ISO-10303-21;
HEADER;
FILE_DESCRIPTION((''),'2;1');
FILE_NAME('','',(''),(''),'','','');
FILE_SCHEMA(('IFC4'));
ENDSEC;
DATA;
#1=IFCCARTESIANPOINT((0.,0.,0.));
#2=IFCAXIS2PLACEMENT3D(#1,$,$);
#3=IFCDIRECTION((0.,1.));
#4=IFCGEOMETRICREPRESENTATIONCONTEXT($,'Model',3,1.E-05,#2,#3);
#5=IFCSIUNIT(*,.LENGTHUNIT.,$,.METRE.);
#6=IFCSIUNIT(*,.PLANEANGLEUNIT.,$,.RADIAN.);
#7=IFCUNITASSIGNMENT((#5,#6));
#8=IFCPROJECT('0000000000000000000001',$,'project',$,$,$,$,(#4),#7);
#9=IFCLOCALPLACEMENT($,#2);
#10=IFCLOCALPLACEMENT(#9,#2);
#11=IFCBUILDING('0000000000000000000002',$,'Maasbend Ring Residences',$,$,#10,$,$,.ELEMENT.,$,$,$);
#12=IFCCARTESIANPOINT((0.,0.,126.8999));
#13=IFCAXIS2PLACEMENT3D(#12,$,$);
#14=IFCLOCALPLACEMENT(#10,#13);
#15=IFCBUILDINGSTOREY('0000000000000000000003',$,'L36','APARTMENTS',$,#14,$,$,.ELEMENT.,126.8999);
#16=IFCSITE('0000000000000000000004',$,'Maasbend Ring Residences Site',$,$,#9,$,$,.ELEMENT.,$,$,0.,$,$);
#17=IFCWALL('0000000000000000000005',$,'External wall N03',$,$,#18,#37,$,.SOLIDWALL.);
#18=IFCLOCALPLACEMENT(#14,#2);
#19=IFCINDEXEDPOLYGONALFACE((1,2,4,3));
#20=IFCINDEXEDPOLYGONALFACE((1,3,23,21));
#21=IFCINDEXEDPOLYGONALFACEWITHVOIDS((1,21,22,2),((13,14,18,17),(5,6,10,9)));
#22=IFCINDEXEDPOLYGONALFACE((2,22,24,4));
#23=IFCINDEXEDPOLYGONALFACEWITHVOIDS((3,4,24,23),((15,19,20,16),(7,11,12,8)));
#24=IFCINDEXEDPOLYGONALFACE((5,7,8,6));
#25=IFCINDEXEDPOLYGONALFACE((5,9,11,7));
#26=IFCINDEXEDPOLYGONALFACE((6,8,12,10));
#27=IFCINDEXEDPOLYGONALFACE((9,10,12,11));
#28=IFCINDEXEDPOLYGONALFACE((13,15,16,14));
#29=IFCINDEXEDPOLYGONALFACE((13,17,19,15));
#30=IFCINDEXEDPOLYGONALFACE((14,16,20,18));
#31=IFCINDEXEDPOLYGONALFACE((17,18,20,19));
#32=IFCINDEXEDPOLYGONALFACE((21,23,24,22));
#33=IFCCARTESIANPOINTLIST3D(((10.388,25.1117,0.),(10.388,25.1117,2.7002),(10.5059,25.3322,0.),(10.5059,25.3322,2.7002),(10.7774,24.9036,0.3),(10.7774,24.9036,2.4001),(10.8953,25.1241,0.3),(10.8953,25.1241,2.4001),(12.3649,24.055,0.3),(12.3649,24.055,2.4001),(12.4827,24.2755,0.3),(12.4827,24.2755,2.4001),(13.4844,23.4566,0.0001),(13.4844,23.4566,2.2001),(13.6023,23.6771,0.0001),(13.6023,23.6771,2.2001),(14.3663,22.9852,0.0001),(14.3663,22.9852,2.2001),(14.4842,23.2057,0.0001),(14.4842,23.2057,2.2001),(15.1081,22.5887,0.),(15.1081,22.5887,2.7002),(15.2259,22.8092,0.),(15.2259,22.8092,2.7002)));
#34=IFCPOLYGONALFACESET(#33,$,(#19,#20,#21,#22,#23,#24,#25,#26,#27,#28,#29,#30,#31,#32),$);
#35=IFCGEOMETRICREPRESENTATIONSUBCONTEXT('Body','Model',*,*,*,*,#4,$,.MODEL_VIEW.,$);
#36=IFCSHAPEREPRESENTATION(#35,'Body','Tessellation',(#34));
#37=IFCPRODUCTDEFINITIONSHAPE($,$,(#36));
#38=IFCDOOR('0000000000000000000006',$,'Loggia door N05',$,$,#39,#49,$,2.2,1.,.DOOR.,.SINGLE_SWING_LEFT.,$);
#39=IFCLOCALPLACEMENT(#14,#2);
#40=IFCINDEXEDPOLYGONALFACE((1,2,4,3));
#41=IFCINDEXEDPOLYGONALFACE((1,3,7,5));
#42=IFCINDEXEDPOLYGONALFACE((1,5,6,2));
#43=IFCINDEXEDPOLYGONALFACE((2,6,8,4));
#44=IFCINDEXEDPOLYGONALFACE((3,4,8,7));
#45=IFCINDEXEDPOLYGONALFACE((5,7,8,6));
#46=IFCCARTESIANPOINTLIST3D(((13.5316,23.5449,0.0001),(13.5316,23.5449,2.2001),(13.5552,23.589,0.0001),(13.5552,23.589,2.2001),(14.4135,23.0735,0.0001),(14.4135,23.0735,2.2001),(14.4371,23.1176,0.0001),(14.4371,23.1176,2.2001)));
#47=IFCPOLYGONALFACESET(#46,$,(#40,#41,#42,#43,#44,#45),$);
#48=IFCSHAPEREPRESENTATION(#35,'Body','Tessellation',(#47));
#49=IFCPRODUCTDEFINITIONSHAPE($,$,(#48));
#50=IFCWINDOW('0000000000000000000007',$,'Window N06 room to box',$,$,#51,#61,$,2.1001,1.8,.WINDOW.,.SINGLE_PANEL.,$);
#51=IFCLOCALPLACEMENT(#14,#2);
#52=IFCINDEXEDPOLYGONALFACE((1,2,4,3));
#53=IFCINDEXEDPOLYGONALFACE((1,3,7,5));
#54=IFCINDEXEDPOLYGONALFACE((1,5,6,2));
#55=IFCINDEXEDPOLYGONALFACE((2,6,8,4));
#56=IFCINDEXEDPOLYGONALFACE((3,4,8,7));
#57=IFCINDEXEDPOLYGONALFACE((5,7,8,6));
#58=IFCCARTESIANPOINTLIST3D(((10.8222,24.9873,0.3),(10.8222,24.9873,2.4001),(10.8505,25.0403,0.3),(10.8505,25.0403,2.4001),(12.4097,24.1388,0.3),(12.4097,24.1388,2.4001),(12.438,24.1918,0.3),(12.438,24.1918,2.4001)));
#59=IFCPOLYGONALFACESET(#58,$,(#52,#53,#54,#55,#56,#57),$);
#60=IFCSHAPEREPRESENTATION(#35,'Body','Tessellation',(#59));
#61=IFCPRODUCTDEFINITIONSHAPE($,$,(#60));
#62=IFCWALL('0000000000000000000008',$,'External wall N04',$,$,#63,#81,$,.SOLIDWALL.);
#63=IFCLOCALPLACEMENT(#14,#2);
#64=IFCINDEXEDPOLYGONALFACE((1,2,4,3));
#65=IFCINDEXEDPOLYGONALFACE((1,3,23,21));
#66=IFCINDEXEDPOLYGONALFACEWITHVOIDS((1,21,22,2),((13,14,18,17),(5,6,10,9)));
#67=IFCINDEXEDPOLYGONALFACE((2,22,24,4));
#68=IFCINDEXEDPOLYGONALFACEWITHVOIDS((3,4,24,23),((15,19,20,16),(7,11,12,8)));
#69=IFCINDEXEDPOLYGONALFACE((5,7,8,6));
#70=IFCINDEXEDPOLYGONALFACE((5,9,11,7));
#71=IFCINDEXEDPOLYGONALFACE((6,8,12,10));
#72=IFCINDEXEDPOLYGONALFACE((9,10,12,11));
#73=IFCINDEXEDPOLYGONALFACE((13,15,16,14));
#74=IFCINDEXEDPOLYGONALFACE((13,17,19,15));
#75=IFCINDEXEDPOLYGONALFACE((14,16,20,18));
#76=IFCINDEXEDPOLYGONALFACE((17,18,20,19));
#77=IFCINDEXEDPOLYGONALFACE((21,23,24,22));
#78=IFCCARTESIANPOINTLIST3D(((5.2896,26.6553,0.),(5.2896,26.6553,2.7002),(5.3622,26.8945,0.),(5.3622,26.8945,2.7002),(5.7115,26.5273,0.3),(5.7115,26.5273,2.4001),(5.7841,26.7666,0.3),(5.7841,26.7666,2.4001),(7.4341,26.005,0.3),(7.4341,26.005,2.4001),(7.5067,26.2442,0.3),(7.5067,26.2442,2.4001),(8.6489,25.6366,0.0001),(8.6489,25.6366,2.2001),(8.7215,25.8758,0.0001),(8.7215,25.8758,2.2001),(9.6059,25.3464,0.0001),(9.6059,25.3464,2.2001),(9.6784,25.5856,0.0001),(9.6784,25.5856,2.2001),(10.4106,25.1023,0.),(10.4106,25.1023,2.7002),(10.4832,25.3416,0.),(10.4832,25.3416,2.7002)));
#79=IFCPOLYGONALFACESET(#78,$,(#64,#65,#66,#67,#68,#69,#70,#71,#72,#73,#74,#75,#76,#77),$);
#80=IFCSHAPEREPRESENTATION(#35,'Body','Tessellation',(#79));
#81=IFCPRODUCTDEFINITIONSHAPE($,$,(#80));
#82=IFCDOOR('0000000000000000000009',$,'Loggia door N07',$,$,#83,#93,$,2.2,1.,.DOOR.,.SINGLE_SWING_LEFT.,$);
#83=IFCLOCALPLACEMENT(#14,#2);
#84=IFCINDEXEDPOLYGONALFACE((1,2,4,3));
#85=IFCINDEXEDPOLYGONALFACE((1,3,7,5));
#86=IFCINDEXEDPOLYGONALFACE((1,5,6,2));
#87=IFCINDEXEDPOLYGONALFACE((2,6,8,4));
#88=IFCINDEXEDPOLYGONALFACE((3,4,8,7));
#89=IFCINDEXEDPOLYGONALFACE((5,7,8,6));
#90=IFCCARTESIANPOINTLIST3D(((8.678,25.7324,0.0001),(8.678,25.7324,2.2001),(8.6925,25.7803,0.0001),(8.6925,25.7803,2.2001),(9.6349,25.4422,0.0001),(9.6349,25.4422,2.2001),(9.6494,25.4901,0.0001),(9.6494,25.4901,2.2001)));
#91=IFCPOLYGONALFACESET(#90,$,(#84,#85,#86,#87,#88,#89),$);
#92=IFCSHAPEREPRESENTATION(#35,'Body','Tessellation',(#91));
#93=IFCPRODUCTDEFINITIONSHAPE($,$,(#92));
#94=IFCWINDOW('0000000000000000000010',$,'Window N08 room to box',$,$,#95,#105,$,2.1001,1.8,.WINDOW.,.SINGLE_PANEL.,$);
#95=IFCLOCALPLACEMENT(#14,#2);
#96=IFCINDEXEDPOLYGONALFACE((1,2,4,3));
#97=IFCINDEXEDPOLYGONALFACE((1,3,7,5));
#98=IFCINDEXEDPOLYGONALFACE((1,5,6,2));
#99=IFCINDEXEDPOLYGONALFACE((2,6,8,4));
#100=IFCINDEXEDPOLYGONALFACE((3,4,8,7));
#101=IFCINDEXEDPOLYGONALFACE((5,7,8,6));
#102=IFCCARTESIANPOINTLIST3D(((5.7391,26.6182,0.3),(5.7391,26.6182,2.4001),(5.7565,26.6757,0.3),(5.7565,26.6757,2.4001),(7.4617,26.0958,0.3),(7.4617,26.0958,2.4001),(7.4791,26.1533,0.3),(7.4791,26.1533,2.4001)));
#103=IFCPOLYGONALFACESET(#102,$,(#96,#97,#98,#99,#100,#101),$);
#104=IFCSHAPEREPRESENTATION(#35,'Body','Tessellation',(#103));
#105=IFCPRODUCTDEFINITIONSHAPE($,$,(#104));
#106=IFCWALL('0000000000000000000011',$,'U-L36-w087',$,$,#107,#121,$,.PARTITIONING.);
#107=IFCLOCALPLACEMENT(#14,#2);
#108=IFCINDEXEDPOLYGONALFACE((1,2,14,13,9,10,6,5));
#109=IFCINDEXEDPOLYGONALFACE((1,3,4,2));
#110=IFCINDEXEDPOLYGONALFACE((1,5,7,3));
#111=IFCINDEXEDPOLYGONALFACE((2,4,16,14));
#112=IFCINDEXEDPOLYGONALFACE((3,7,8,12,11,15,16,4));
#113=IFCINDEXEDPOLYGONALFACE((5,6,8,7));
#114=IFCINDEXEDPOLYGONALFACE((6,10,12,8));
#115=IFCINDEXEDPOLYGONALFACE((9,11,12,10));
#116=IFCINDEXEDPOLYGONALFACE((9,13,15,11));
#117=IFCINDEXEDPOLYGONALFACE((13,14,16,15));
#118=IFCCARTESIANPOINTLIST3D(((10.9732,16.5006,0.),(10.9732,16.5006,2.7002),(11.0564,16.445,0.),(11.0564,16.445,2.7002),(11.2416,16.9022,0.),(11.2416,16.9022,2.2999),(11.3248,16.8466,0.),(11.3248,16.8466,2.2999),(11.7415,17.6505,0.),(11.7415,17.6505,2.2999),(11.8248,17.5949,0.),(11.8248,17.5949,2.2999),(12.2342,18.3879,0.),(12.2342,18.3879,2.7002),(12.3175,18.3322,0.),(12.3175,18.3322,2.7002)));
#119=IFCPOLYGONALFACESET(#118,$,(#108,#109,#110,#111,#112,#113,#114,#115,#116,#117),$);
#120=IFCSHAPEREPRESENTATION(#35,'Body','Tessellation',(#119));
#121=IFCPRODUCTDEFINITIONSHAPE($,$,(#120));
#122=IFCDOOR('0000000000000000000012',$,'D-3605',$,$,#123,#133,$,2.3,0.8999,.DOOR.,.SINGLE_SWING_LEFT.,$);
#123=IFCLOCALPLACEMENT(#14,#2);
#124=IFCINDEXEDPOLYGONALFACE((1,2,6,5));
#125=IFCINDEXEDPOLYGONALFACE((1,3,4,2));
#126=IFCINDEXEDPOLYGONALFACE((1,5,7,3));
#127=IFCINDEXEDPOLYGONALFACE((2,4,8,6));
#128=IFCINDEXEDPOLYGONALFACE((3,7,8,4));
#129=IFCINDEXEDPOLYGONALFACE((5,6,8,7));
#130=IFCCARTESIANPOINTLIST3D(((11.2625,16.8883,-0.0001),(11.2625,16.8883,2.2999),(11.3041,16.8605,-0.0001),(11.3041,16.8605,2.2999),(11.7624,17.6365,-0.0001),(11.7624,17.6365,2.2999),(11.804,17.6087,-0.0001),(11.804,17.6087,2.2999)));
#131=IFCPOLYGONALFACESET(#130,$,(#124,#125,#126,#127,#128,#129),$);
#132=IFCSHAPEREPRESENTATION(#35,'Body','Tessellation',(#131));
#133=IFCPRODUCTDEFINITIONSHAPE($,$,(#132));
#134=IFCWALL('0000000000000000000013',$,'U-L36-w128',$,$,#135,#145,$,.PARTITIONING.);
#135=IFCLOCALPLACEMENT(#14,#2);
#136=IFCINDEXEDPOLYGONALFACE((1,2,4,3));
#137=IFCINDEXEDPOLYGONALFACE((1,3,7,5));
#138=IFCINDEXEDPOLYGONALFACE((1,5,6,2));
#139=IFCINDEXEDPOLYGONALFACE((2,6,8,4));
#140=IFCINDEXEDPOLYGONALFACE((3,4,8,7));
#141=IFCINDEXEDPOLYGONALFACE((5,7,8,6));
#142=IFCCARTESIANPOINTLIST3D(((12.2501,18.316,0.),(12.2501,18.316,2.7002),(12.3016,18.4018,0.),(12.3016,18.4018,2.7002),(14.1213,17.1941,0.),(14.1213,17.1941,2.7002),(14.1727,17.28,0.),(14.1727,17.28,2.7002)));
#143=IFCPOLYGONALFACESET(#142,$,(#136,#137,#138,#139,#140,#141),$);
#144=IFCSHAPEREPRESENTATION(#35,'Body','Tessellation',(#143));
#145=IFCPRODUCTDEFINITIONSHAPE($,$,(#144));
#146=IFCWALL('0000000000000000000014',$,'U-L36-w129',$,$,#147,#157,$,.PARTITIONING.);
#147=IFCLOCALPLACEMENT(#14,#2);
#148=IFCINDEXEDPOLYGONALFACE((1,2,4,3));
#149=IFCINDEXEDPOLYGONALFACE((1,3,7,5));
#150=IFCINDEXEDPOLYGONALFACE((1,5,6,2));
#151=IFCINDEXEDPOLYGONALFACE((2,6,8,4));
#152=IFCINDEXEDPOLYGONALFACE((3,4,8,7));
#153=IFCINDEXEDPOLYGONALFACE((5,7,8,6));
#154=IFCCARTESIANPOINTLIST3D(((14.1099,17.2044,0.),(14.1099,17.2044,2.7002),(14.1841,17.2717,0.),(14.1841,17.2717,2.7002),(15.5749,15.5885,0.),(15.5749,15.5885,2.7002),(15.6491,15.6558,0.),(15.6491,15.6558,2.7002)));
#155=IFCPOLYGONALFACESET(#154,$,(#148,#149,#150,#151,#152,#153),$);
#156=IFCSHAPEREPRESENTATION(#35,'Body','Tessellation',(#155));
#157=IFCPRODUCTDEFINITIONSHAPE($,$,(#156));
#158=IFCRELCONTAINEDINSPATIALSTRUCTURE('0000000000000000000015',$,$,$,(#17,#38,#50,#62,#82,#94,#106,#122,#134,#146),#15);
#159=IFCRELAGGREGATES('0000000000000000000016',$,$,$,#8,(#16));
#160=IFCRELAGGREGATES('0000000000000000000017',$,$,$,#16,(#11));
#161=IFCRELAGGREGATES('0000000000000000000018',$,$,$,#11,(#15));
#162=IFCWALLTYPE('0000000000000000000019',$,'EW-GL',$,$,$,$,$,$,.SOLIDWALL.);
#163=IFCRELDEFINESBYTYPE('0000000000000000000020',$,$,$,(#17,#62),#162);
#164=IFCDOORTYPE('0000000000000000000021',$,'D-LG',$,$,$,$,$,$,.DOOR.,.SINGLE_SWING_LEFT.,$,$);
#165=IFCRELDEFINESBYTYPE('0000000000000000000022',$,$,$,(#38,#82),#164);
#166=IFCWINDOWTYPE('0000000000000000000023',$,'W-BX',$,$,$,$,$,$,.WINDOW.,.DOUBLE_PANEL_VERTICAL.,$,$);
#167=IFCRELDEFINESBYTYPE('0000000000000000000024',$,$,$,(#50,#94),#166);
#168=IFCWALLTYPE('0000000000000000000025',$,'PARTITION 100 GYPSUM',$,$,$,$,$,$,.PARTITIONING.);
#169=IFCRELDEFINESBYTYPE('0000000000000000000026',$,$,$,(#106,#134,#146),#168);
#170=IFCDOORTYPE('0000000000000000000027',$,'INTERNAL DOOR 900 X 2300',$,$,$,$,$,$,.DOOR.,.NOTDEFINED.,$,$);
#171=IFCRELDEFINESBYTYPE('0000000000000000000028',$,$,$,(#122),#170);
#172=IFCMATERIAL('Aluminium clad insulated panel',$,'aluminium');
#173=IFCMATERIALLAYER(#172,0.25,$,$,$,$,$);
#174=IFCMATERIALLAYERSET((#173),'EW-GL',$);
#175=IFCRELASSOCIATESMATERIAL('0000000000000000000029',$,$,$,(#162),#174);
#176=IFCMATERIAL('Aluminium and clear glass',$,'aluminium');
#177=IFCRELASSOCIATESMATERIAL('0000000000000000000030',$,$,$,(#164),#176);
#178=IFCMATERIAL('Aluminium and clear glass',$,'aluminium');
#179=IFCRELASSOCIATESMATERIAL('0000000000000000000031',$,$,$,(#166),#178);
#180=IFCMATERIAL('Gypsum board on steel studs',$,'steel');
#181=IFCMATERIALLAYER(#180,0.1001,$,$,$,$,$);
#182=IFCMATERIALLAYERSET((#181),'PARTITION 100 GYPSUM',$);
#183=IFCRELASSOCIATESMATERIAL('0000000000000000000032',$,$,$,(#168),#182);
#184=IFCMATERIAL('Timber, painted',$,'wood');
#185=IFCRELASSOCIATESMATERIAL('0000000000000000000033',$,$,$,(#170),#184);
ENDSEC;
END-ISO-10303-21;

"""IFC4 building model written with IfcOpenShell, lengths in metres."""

from ifc_helpers import new_model, si_unit, direction, frame, frame_2d, origin, place, context, subcontext, project, spatial, rectangle, extrude, material, layer, layer_set, type_object, element, fill, save


model = new_model("IFC4")

# Units and contexts
model_context = context("Model", 3, precision=1e-05, world=origin(), true_north=direction((0.0, 1.0)))
body_context = subcontext(model_context, "Body", "Model", "MODEL_VIEW")
ifc_project = project(units=[si_unit("LENGTHUNIT", "METRE"), si_unit("PLANEANGLEUNIT", "RADIAN")], contexts=[model_context])

# Site, building, storey
site_placement = place(None, origin())
site = spatial("IfcSite", under=ifc_project, at=site_placement, Name="Maasbend Ring Residences Site", CompositionType="ELEMENT", RefElevation=0.0)
building_placement = place(site_placement, origin())
building = spatial("IfcBuilding", under=site, at=building_placement, Name="Maasbend Ring Residences", CompositionType="ELEMENT")
storey_placement = place(building_placement, frame((0.0, 0.0, 126.8999)))
storey = spatial("IfcBuildingStorey", under=building, at=storey_placement, Name="L36", Description="APARTMENTS", CompositionType="ELEMENT", Elevation=126.8999)

# Walls, openings, doors, windows
ifc_material_1 = material(Name="Aluminium clad insulated panel", Category="aluminium")
ifc_layer_1 = layer(ifc_material_1, 0.25)
ifc_layer_set_1 = layer_set([ifc_layer_1], Name="EW-GL")
wall_type_1 = type_object("IfcWallType", Name="EW-GL", PredefinedType="SOLIDWALL", material=ifc_layer_set_1)
wall_1_placement = place(storey_placement, frame((15.167, 22.699, 0.0), z_axis=(0.0, 0.0, 1.0), x_axis=(-0.881916, 0.471407, 0.0)))
wall_1 = element("IfcWall", 1, at=wall_1_placement, inside=storey, type_object=wall_type_1, Name="External wall N03", PredefinedType="SOLIDWALL", context=body_context, shape_type="SweptSolid", body=[
    extrude(rectangle(XDim=5.3521, YDim=0.25, at=frame_2d((2.676, 0.0))), origin(), (0.0, 0.0, 1.0), 2.7002),
])
opening_1_placement = place(wall_1_placement, frame((0.8411, 0.0, 0.0)))
opening_1 = element("IfcOpeningElement", 2, at=opening_1_placement, cuts=wall_1, PredefinedType="OPENING", context=body_context, shape_type="SweptSolid", body=[
    extrude(rectangle(XDim=1.0, YDim=2.2, at=frame_2d((0.5, 1.1001))), frame((0.0, 0.135, 0.0), z_axis=(0.0, -1.0, 0.0), x_axis=(1.0, 0.0, 0.0)), (0.0, 0.0, 1.0), 0.27),
])
opening_2_placement = place(wall_1_placement, frame((3.1106, 0.0, 0.3)))
opening_2 = element("IfcOpeningElement", 3, at=opening_2_placement, cuts=wall_1, PredefinedType="OPENING", context=body_context, shape_type="SweptSolid", body=[
    extrude(rectangle(XDim=1.8, YDim=2.1001, at=frame_2d((0.8999, 1.05))), frame((0.0, 0.135, 0.0), z_axis=(0.0, -1.0, 0.0), x_axis=(1.0, 0.0, 0.0)), (0.0, 0.0, 1.0), 0.27),
])
ifc_material_2 = material(Name="Aluminium and clear glass", Category="aluminium")
door_type_1 = type_object("IfcDoorType", Name="D-LG", OperationType="SINGLE_SWING_LEFT", PredefinedType="DOOR", material=ifc_material_2)
door_1_placement = place(opening_1_placement, origin())
door_1 = element("IfcDoor", 4, at=door_1_placement, inside=storey, type_object=door_type_1, Name="Loggia door N05", OperationType="SINGLE_SWING_LEFT", OverallHeight=2.2, OverallWidth=1.0, PredefinedType="DOOR", context=body_context, shape_type="SweptSolid", body=[
    extrude(rectangle(XDim=1.0, YDim=2.2, at=frame_2d((0.5, 1.1001))), frame((0.0, 0.0249, 0.0), z_axis=(0.0, -1.0, 0.0), x_axis=(1.0, 0.0, 0.0)), (0.0, 0.0, 1.0), 0.05),
])
fill(opening_1, door_1)
ifc_material_3 = material(Name="Aluminium and clear glass", Category="aluminium")
window_type_1 = type_object("IfcWindowType", Name="W-BX", PartitioningType="DOUBLE_PANEL_VERTICAL", PredefinedType="WINDOW", material=ifc_material_3)
window_1_placement = place(opening_2_placement, origin())
window_1 = element("IfcWindow", 5, at=window_1_placement, inside=storey, type_object=window_type_1, Name="Window N06 room to box", OverallHeight=2.1001, OverallWidth=1.8, PartitioningType="SINGLE_PANEL", PredefinedType="WINDOW", context=body_context, shape_type="SweptSolid", body=[
    extrude(rectangle(XDim=1.8, YDim=2.1001, at=frame_2d((0.8999, 1.05))), frame((0.0, 0.03, 0.0), z_axis=(0.0, -1.0, 0.0), x_axis=(1.0, 0.0, 0.0)), (0.0, 0.0, 1.0), 0.0601),
])
fill(opening_2, window_1)
wall_2_placement = place(storey_placement, frame((10.447, 25.2219, 0.0), z_axis=(0.0, 0.0, 1.0), x_axis=(-0.956966, 0.290201, 0.0)))
wall_2 = element("IfcWall", 6, at=wall_2_placement, inside=storey, type_object=wall_type_1, Name="External wall N04", PredefinedType="SOLIDWALL", context=body_context, shape_type="SweptSolid", body=[
    extrude(rectangle(XDim=5.3513, YDim=0.25, at=frame_2d((2.6758, 0.0))), origin(), (0.0, 0.0, 1.0), 2.7002),
])
opening_3_placement = place(wall_2_placement, frame((0.8411, 0.0, 0.0)))
opening_3 = element("IfcOpeningElement", 7, at=opening_3_placement, cuts=wall_2, PredefinedType="OPENING", context=body_context, shape_type="SweptSolid", body=[
    extrude(rectangle(XDim=1.0, YDim=2.2, at=frame_2d((0.5, 1.1001))), frame((0.0, 0.135, 0.0), z_axis=(0.0, -1.0, 0.0), x_axis=(1.0, 0.0, 0.0)), (0.0, 0.0, 1.0), 0.27),
])
opening_4_placement = place(wall_2_placement, frame((3.1106, 0.0, 0.3)))
opening_4 = element("IfcOpeningElement", 8, at=opening_4_placement, cuts=wall_2, PredefinedType="OPENING", context=body_context, shape_type="SweptSolid", body=[
    extrude(rectangle(XDim=1.8, YDim=2.1001, at=frame_2d((0.8999, 1.05))), frame((0.0, 0.135, 0.0), z_axis=(0.0, -1.0, 0.0), x_axis=(1.0, 0.0, 0.0)), (0.0, 0.0, 1.0), 0.27),
])
door_2_placement = place(opening_3_placement, origin())
door_2 = element("IfcDoor", 9, at=door_2_placement, inside=storey, type_object=door_type_1, Name="Loggia door N07", OperationType="SINGLE_SWING_LEFT", OverallHeight=2.2, OverallWidth=1.0, PredefinedType="DOOR", context=body_context, shape_type="SweptSolid", body=[
    extrude(rectangle(XDim=1.0, YDim=2.2, at=frame_2d((0.5, 1.1001))), frame((0.0, 0.0249, 0.0), z_axis=(0.0, -1.0, 0.0), x_axis=(1.0, 0.0, 0.0)), (0.0, 0.0, 1.0), 0.05),
])
fill(opening_3, door_2)
window_2_placement = place(opening_4_placement, origin())
window_2 = element("IfcWindow", 10, at=window_2_placement, inside=storey, type_object=window_type_1, Name="Window N08 room to box", OverallHeight=2.1001, OverallWidth=1.8, PartitioningType="SINGLE_PANEL", PredefinedType="WINDOW", context=body_context, shape_type="SweptSolid", body=[
    extrude(rectangle(XDim=1.8, YDim=2.1001, at=frame_2d((0.8999, 1.05))), frame((0.0, 0.03, 0.0), z_axis=(0.0, -1.0, 0.0), x_axis=(1.0, 0.0, 0.0)), (0.0, 0.0, 1.0), 0.0601),
])
fill(opening_4, window_2)

# Wall, opening, door
ifc_material_4 = material(Name="Gypsum board on steel studs", Category="steel")
ifc_layer_2 = layer(ifc_material_4, 0.1001)
ifc_layer_set_2 = layer_set([ifc_layer_2], Name="PARTITION 100 GYPSUM")
wall_type_2 = type_object("IfcWallType", Name="PARTITION 100 GYPSUM", PredefinedType="PARTITIONING", material=ifc_layer_set_2)
wall_3_placement = place(storey_placement, frame((11.0149, 16.4729, 0.0), z_axis=(0.0, 0.0, 1.0), x_axis=(0.555569, 0.831471, 0.0)))
wall_3 = element("IfcWall", 11, at=wall_3_placement, inside=storey, type_object=wall_type_2, Name="U-L36-w087", PredefinedType="PARTITIONING", context=body_context, shape_type="SweptSolid", body=[
    extrude(rectangle(XDim=2.2698, YDim=0.1001, at=frame_2d((1.1348, 0.0))), origin(), (0.0, 0.0, 1.0), 2.7002),
])
opening_5_placement = place(wall_3_placement, frame((0.4829, 0.0, 0.0)))
opening_5 = element("IfcOpeningElement", 12, at=opening_5_placement, cuts=wall_3, PredefinedType="OPENING", context=body_context, shape_type="SweptSolid", body=[
    extrude(rectangle(XDim=0.8999, YDim=2.3, at=frame_2d((0.45, 1.1499))), frame((0.0, 0.0601, 0.0), z_axis=(0.0, -1.0, 0.0), x_axis=(1.0, 0.0, 0.0)), (0.0, 0.0, 1.0), 0.1201),
])
ifc_material_5 = material(Name="Timber, painted", Category="wood")
door_type_2 = type_object("IfcDoorType", Name="INTERNAL DOOR 900 X 2300", OperationType="NOTDEFINED", PredefinedType="DOOR", material=ifc_material_5)
door_3_placement = place(opening_5_placement, origin())
door_3 = element("IfcDoor", 13, at=door_3_placement, inside=storey, type_object=door_type_2, Name="D-3605", OperationType="SINGLE_SWING_LEFT", OverallHeight=2.3, OverallWidth=0.8999, PredefinedType="DOOR", context=body_context, shape_type="SweptSolid", body=[
    extrude(rectangle(XDim=0.8999, YDim=2.3, at=frame_2d((0.45, 1.1499))), frame((0.0, 0.0249, 0.0), z_axis=(0.0, -1.0, 0.0), x_axis=(1.0, 0.0, 0.0)), (0.0, 0.0, 1.0), 0.05),
])
fill(opening_5, door_3)

# Walls
wall_4_placement = place(storey_placement, frame((12.2759, 18.3589, 0.0), z_axis=(0.0, 0.0, 1.0), x_axis=(0.857661, -0.514216, 0.0)))
element("IfcWall", 14, at=wall_4_placement, inside=storey, type_object=wall_type_2, Name="U-L36-w128", PredefinedType="PARTITIONING", context=body_context, shape_type="SweptSolid", body=[
    extrude(rectangle(XDim=2.1816, YDim=0.1001, at=frame_2d((1.0908, 0.0))), origin(), (0.0, 0.0, 1.0), 2.7002),
])
wall_5_placement = place(storey_placement, frame((14.147, 17.238, 0.0), z_axis=(0.0, 0.0, 1.0), x_axis=(0.671675, -0.740846, 0.0)))
element("IfcWall", 15, at=wall_5_placement, inside=storey, type_object=wall_type_2, Name="U-L36-w129", PredefinedType="PARTITIONING", context=body_context, shape_type="SweptSolid", body=[
    extrude(rectangle(XDim=2.1812, YDim=0.1001, at=frame_2d((1.0906, 0.0))), origin(), (0.0, 0.0, 1.0), 2.7002),
])

save(model, "model.ifc")
